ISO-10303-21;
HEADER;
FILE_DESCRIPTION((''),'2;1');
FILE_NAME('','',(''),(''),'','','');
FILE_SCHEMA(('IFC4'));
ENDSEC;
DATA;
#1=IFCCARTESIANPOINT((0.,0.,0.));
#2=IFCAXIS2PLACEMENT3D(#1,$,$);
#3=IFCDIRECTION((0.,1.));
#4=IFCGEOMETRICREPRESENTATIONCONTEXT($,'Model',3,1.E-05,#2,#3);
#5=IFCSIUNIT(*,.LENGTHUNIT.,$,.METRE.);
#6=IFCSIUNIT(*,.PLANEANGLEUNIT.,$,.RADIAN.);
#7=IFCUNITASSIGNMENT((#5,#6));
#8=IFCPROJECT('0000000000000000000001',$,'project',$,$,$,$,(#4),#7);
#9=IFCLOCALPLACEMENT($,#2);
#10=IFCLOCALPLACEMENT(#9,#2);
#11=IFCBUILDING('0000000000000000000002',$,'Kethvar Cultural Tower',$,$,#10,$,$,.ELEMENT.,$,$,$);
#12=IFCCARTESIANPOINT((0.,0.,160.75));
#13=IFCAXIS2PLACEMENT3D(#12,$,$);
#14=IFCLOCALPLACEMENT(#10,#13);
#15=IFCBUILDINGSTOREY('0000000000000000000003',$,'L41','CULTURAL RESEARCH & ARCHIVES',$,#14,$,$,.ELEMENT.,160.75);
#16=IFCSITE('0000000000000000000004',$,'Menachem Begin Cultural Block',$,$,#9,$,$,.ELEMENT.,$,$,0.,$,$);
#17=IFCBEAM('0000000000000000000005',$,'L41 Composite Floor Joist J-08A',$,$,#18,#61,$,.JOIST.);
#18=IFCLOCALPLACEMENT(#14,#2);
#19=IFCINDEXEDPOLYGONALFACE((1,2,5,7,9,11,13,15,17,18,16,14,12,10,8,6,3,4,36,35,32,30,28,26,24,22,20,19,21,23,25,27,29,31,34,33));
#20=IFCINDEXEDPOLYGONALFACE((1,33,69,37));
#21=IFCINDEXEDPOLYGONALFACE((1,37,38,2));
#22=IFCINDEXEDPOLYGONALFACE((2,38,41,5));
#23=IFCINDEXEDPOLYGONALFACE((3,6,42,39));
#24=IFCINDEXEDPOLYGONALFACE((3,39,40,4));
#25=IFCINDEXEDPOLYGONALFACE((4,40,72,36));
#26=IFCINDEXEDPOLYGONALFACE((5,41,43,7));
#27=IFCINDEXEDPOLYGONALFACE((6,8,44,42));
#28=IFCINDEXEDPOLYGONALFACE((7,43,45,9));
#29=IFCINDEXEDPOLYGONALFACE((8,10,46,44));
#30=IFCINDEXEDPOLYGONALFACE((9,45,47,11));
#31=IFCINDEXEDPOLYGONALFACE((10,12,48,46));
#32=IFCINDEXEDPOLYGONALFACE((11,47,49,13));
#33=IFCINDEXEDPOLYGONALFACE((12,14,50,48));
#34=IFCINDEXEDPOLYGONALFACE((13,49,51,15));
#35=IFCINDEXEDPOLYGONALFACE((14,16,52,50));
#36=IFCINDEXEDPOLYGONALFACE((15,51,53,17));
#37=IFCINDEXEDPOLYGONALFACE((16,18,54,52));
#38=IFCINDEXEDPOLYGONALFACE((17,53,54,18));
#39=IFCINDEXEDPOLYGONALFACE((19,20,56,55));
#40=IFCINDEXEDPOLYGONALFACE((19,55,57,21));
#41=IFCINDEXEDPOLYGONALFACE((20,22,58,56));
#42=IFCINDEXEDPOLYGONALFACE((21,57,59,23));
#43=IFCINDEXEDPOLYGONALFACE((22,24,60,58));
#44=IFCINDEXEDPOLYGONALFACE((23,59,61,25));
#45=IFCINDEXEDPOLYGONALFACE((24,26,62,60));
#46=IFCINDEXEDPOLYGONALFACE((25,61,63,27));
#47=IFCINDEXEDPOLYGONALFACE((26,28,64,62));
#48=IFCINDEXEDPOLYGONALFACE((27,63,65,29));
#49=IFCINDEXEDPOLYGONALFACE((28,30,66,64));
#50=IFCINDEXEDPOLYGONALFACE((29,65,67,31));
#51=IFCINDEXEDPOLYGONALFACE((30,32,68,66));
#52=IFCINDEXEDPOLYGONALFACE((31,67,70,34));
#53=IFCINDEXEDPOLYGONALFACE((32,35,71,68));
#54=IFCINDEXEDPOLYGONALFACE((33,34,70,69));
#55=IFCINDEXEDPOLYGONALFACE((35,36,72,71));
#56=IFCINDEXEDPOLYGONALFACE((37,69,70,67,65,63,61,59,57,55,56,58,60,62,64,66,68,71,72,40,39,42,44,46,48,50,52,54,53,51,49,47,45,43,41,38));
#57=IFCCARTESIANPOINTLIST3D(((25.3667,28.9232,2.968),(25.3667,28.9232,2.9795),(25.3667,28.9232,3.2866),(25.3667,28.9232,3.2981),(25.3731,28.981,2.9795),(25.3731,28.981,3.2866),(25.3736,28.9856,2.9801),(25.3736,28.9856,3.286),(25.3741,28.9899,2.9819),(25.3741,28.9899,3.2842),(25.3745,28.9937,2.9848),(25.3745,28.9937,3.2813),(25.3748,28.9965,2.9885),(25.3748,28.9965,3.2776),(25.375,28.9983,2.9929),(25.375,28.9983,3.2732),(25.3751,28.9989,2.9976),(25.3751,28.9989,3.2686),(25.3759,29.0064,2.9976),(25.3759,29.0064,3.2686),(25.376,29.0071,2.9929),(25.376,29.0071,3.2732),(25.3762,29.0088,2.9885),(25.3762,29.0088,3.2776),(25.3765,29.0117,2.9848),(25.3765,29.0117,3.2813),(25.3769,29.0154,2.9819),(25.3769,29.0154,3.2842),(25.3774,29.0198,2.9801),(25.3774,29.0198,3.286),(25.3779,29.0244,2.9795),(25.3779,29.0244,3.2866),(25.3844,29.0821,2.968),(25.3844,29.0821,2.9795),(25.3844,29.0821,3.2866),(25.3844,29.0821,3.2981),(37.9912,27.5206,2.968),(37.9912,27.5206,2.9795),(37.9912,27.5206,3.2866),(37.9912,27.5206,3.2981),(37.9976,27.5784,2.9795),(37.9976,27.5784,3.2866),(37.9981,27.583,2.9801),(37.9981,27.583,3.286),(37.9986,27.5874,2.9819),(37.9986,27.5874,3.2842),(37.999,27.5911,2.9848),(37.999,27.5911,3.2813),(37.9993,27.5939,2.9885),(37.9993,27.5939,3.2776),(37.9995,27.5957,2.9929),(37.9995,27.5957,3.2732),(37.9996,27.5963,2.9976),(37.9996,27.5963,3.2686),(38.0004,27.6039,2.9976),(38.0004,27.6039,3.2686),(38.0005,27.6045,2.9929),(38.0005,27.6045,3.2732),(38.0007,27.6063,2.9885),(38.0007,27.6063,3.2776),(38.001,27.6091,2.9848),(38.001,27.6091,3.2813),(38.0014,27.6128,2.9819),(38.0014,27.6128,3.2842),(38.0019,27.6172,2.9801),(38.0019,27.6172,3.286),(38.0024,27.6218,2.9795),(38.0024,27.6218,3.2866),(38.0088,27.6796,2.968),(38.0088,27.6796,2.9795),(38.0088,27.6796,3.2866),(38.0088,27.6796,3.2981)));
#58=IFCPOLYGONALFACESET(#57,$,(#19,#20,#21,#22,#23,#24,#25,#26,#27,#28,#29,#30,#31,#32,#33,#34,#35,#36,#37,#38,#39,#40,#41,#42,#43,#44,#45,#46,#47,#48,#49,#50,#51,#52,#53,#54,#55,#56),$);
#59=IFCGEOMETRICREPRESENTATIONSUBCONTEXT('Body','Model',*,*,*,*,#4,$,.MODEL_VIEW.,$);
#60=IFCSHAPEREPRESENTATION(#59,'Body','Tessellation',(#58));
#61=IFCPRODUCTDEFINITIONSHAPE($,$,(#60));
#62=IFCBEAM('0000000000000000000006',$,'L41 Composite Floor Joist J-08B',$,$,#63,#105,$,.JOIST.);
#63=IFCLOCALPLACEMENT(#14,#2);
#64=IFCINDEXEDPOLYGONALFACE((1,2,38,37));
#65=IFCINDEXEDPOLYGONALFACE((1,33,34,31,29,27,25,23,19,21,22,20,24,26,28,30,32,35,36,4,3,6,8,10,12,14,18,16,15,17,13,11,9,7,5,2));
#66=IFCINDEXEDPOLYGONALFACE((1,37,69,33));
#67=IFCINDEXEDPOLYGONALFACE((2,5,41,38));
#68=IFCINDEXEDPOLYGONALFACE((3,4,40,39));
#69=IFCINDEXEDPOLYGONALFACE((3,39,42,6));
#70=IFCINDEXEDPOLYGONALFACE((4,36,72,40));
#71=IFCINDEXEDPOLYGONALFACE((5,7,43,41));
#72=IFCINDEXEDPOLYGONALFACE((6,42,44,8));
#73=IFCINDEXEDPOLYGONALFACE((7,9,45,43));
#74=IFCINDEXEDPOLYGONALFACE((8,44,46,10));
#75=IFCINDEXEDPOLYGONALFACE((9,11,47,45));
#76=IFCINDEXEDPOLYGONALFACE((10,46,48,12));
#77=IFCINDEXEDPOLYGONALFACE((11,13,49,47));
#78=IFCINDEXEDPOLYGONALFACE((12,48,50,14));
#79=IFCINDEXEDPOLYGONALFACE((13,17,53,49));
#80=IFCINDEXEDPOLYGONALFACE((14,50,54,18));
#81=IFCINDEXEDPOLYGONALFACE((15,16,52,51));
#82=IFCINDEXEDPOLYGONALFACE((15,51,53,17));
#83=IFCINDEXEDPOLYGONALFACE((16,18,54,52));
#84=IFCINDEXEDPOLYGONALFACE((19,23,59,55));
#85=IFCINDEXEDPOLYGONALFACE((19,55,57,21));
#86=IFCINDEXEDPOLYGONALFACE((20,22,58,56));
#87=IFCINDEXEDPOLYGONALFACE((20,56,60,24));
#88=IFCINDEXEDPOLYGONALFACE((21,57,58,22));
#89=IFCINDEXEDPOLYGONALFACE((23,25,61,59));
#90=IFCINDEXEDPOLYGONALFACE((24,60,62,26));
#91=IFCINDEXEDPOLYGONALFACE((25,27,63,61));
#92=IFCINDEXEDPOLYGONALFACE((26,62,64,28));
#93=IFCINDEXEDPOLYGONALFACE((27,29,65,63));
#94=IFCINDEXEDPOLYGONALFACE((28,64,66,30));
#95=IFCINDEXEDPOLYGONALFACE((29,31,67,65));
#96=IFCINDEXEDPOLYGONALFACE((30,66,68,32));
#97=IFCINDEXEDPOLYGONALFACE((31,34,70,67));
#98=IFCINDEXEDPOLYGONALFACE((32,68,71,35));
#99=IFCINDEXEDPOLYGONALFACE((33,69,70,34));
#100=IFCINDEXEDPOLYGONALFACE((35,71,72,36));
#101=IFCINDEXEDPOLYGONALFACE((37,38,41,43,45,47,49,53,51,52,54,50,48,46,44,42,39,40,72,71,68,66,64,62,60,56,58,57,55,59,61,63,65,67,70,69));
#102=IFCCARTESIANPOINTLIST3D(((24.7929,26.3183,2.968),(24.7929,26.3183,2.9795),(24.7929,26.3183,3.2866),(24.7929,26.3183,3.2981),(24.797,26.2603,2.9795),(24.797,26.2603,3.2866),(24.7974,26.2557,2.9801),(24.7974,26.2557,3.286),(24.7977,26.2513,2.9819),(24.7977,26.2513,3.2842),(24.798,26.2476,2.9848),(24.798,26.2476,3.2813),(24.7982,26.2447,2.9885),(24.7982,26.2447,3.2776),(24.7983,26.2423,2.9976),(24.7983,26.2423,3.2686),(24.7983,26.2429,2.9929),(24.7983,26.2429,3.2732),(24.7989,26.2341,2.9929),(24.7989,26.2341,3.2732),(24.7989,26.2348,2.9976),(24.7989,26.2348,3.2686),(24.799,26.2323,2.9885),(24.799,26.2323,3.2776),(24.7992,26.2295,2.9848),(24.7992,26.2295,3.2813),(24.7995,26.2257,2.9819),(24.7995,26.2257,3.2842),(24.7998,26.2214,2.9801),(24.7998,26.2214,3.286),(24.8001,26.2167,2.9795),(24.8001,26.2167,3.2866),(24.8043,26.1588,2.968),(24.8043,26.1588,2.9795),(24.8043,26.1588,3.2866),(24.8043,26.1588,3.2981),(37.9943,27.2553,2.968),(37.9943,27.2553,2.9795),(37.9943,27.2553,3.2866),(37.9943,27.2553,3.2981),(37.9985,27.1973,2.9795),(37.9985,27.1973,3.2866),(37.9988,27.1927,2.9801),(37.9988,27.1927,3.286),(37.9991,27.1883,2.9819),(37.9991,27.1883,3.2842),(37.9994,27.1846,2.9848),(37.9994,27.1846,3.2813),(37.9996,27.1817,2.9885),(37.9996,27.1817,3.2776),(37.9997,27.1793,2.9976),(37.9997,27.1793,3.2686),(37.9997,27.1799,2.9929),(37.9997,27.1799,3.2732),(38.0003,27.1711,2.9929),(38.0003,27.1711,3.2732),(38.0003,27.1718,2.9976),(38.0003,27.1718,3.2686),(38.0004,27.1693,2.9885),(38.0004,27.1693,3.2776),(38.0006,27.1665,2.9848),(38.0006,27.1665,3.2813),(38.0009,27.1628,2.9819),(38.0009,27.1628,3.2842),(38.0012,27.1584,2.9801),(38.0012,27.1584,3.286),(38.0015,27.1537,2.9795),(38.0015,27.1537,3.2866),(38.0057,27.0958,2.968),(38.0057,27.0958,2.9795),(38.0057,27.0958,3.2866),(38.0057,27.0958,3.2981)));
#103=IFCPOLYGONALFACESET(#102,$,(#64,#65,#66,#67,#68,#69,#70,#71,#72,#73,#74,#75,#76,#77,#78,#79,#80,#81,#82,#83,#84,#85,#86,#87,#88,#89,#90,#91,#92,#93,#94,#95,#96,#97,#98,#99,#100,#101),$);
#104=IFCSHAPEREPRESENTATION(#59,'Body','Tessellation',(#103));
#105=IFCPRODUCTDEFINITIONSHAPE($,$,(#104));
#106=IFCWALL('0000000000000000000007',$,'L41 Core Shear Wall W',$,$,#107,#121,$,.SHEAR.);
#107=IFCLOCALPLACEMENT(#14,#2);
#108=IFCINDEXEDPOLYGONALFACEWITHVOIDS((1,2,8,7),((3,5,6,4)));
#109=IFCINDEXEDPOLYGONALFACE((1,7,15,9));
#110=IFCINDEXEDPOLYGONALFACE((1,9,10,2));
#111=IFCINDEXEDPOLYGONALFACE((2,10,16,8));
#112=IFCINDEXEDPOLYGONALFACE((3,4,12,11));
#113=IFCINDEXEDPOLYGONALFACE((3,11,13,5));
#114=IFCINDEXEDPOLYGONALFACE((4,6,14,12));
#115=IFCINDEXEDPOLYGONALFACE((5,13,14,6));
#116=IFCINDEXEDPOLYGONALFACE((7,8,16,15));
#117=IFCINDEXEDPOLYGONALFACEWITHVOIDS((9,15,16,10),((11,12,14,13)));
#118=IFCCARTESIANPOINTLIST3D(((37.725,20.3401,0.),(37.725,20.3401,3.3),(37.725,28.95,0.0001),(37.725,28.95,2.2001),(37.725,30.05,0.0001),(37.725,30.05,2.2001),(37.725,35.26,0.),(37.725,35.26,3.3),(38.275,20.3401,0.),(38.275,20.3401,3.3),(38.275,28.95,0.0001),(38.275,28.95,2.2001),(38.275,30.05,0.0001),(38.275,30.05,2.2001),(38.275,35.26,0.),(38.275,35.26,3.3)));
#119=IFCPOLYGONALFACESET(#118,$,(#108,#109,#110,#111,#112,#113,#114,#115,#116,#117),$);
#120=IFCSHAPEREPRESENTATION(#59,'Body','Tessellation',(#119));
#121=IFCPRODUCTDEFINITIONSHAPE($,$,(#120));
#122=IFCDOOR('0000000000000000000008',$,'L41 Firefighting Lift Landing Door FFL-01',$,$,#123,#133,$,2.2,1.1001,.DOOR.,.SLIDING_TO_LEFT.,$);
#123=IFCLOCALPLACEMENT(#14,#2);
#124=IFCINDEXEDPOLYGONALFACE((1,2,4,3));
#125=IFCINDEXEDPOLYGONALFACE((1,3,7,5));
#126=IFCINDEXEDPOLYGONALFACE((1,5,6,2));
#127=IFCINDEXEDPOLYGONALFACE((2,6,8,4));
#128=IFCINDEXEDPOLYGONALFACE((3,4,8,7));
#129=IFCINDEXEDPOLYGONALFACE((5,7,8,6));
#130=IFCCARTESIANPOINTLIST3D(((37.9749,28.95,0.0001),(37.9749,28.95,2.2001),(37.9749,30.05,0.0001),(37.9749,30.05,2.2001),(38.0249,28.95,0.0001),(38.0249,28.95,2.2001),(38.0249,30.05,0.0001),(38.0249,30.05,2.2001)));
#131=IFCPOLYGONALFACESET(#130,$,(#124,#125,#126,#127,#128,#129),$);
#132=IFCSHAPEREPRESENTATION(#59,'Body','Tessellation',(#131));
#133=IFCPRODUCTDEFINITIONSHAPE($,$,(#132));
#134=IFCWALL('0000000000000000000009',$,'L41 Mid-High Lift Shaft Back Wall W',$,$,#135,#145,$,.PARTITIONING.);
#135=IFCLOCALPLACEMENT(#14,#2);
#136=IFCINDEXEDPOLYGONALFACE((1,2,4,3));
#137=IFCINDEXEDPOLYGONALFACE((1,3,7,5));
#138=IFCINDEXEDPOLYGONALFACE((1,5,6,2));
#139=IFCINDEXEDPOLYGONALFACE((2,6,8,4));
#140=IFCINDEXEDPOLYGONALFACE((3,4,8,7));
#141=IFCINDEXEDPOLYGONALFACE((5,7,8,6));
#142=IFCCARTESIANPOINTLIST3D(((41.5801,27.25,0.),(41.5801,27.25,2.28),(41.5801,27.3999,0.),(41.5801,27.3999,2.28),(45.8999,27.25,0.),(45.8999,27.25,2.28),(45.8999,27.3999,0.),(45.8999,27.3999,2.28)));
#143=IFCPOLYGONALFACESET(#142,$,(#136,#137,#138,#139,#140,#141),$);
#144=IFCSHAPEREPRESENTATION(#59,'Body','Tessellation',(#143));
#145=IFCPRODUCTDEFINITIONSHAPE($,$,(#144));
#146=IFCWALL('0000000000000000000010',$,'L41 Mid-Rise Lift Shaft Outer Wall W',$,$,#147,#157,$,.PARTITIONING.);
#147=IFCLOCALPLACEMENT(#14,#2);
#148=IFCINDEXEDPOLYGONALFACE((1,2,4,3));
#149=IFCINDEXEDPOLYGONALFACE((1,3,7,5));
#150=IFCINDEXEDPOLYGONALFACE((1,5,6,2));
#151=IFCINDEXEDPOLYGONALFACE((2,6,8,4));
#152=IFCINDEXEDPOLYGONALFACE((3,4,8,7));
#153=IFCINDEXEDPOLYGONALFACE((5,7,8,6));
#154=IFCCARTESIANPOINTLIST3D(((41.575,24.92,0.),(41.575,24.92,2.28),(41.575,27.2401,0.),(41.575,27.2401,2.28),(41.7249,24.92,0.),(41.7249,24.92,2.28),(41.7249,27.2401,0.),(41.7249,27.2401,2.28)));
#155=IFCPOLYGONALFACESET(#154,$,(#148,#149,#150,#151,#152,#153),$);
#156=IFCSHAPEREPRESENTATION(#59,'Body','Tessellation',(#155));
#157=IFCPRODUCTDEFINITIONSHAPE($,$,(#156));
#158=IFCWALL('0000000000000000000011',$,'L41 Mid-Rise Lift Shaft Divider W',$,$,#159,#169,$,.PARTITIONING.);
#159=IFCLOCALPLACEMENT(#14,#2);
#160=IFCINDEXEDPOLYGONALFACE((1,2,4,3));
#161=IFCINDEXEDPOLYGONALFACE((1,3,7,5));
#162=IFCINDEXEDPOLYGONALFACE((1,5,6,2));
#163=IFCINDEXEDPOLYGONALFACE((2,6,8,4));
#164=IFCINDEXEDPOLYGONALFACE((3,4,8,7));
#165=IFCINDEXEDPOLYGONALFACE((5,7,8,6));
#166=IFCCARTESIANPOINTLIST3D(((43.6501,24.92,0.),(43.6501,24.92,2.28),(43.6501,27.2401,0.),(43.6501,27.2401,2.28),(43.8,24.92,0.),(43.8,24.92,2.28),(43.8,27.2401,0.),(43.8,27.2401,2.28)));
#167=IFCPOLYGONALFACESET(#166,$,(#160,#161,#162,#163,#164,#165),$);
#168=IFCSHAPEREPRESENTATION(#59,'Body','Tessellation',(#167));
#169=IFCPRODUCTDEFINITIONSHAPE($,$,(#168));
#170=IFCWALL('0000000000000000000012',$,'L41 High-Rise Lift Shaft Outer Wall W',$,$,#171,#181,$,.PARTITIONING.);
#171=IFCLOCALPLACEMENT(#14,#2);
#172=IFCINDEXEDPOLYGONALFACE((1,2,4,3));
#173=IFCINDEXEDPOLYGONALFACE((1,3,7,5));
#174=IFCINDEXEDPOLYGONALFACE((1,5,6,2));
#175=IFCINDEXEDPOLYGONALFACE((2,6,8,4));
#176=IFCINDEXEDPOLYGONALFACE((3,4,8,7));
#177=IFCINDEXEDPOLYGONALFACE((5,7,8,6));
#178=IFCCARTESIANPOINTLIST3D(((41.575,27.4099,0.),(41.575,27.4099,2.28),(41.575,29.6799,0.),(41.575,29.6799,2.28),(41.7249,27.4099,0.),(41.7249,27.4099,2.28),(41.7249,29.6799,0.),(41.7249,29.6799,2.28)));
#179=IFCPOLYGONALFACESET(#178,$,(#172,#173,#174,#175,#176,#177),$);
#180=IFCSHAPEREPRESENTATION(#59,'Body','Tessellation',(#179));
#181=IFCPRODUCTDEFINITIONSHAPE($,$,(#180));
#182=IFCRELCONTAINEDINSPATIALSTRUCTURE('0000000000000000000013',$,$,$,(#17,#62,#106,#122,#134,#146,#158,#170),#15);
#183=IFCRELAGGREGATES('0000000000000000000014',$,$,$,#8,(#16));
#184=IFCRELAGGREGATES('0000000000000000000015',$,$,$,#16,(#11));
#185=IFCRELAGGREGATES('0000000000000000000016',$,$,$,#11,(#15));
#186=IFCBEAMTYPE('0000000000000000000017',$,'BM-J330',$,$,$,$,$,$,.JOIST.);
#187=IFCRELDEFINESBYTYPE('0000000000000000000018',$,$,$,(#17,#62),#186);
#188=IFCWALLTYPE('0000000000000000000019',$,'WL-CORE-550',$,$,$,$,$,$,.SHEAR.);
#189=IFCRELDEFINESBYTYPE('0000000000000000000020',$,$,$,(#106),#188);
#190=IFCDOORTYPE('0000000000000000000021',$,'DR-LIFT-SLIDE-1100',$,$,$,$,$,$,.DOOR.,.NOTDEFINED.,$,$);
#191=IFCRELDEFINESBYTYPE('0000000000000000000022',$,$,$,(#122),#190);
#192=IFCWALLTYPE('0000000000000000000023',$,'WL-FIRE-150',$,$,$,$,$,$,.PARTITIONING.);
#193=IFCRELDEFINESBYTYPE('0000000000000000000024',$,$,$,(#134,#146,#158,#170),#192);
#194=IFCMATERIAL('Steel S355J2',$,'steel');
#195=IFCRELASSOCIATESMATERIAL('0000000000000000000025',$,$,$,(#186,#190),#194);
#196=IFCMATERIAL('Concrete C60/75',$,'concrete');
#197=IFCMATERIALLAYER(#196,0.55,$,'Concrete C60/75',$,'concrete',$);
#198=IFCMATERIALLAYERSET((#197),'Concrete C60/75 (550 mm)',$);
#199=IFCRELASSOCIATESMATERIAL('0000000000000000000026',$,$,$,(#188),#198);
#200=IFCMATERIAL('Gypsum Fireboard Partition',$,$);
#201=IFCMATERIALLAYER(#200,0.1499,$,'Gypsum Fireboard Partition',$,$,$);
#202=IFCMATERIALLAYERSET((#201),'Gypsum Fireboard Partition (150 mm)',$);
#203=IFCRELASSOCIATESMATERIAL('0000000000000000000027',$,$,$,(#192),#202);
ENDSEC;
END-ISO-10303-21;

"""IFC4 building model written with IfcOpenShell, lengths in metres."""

from ifc_helpers import new_model, si_unit, direction, frame, frame_2d, origin, origin_2d, place, context, subcontext, project, spatial, rectangle, i_section, extrude, source, transform, mapped, material, layer, layer_set, material_profile, profile_set, type_object, element, fill, save


model = new_model("IFC4")

# Units and contexts
model_context = context("Model", 3, precision=1e-05, world=origin(), true_north=direction((0.0, 1.0)))
body_context = subcontext(model_context, "Body", "Model", "MODEL_VIEW")
ifc_project = project(units=[si_unit("LENGTHUNIT", "METRE"), si_unit("PLANEANGLEUNIT", "RADIAN")], contexts=[model_context])

# Site, building, storey
site_placement = place(None, origin())
site = spatial("IfcSite", under=ifc_project, at=site_placement, Name="Menachem Begin Cultural Block", CompositionType="ELEMENT", RefElevation=0.0)
building_placement = place(site_placement, origin())
building = spatial("IfcBuilding", under=site, at=building_placement, Name="Kethvar Cultural Tower", CompositionType="ELEMENT")
storey_placement = place(building_placement, frame((0.0, 0.0, 160.75)))
storey = spatial("IfcBuildingStorey", under=building, at=storey_placement, Name="L41", Description="CULTURAL RESEARCH & ARCHIVES", CompositionType="ELEMENT", Elevation=160.75)

# Beams
ifc_material_1 = material(Name="Steel S355J2", Category="steel")
ifc_material_profile_1 = material_profile(ifc_material_1, i_section(OverallWidth=0.1599, OverallDepth=0.3301, WebThickness=0.0076, FlangeThickness=0.0115, FilletRadius=0.0181, at=origin_2d()), Name="Steel S355J2 — IPE330")
ifc_profile_set_1 = profile_set([ifc_material_profile_1], Name="Steel S355J2 — IPE330")
beam_type_1 = type_object("IfcBeamType", Name="BM-J330", PredefinedType="JOIST", material=ifc_profile_set_1)
shared_shape_1 = source(origin(), body_context, "Body", "SweptSolid", [
    extrude(i_section(OverallWidth=0.1599, OverallDepth=0.3301, WebThickness=0.0076, FlangeThickness=0.0115, FilletRadius=0.0181, at=origin_2d()), origin(), (0.0, 0.0, 1.0), 12.7021),
])
beam_1_placement = place(storey_placement, frame((38.0, 27.6001, 3.1331), z_axis=(-0.993885, 0.110421, 0.0), x_axis=(-0.110421, -0.993885, 0.0)))
element("IfcBeam", 1, at=beam_1_placement, inside=storey, type_object=beam_type_1, Name="L41 Composite Floor Joist J-08A", PredefinedType="JOIST", context=body_context, shape_type="MappedRepresentation", body=[
    mapped(shared_shape_1, transform((0.0, 0.0, 0.0), scale=1.0)),
])
shared_shape_2 = source(origin(), body_context, "Body", "SweptSolid", [
    extrude(i_section(OverallWidth=0.1599, OverallDepth=0.3301, WebThickness=0.0076, FlangeThickness=0.0115, FilletRadius=0.0181, at=origin_2d()), origin(), (0.0, 0.0, 1.0), 13.2346),
])
beam_2_placement = place(storey_placement, frame((38.0, 27.1755, 3.1331), z_axis=(-0.997491, -0.0708, 0.0), x_axis=(0.0708, -0.997491, 0.0)))
element("IfcBeam", 2, at=beam_2_placement, inside=storey, type_object=beam_type_1, Name="L41 Composite Floor Joist J-08B", PredefinedType="JOIST", context=body_context, shape_type="MappedRepresentation", body=[
    mapped(shared_shape_2, transform((0.0, 0.0, 0.0), scale=1.0)),
])

# Wall, opening, door
ifc_material_2 = material(Name="Concrete C60/75", Category="concrete")
ifc_layer_1 = layer(ifc_material_2, 0.55, Name="Concrete C60/75", Category="concrete")
ifc_layer_set_1 = layer_set([ifc_layer_1], Name="Concrete C60/75 (550 mm)")
wall_type_1 = type_object("IfcWallType", Name="WL-CORE-550", PredefinedType="SHEAR", material=ifc_layer_set_1)
wall_1_placement = place(storey_placement, frame((38.0, 35.26, 0.0), z_axis=(0.0, 0.0, 1.0), x_axis=(0.0, -1.0, 0.0)))
wall_1 = element("IfcWall", 3, at=wall_1_placement, inside=storey, type_object=wall_type_1, Name="L41 Core Shear Wall W", PredefinedType="SHEAR", context=body_context, shape_type="SweptSolid", body=[
    extrude(rectangle(XDim=14.9199, YDim=0.55, at=frame_2d((7.46, 0.0))), origin(), (0.0, 0.0, 1.0), 3.3),
])
opening_1_placement = place(wall_1_placement, frame((5.21, 0.0, 0.0)))
opening_1 = element("IfcOpeningElement", 4, at=opening_1_placement, cuts=wall_1, PredefinedType="OPENING", context=body_context, shape_type="SweptSolid", body=[
    extrude(rectangle(XDim=1.1001, YDim=2.2, at=frame_2d((0.55, 1.1001))), frame((0.0, 0.2849, 0.0), z_axis=(0.0, -1.0, 0.0), x_axis=(1.0, 0.0, 0.0)), (0.0, 0.0, 1.0), 0.5701),
])
door_type = type_object("IfcDoorType", Name="DR-LIFT-SLIDE-1100", OperationType="NOTDEFINED", PredefinedType="DOOR", material=ifc_material_1)
shared_shape_3 = source(origin(), body_context, "Body", "SweptSolid", [
    extrude(rectangle(XDim=1.1001, YDim=2.2, at=frame_2d((0.55, 1.1001))), frame((0.0, 0.0249, 0.0), z_axis=(0.0, -1.0, 0.0), x_axis=(1.0, 0.0, 0.0)), (0.0, 0.0, 1.0), 0.05),
])
door_1_placement = place(opening_1_placement, origin())
door_1 = element("IfcDoor", 5, at=door_1_placement, inside=storey, type_object=door_type, Name="L41 Firefighting Lift Landing Door FFL-01", OperationType="SLIDING_TO_LEFT", OverallHeight=2.2, OverallWidth=1.1001, PredefinedType="DOOR", context=body_context, shape_type="MappedRepresentation", body=[
    mapped(shared_shape_3, transform((0.0, 0.0, 0.0), scale=1.0)),
])
fill(opening_1, door_1)

# Walls
ifc_material_3 = material(Name="Gypsum Fireboard Partition")
ifc_layer_2 = layer(ifc_material_3, 0.1499, Name="Gypsum Fireboard Partition")
ifc_layer_set_2 = layer_set([ifc_layer_2], Name="Gypsum Fireboard Partition (150 mm)")
wall_type_2 = type_object("IfcWallType", Name="WL-FIRE-150", PredefinedType="PARTITIONING", material=ifc_layer_set_2)
wall_2_placement = place(storey_placement, frame((41.5801, 27.325, 0.0), z_axis=(0.0, 0.0, 1.0), x_axis=(1.0, 0.0, 0.0)))
element("IfcWall", 6, at=wall_2_placement, inside=storey, type_object=wall_type_2, Name="L41 Mid-High Lift Shaft Back Wall W", PredefinedType="PARTITIONING", context=body_context, shape_type="SweptSolid", body=[
    extrude(rectangle(XDim=4.3198, YDim=0.1499, at=frame_2d((2.1599, 0.0))), origin(), (0.0, 0.0, 1.0), 2.28),
])
for number, where, z_axis, x_axis, name in (
    (7, (41.6499, 24.9199, 0.0), (0.0, 0.0, 1.0), (0.0, 1.0, 0.0), "L41 Mid-Rise Lift Shaft Outer Wall W"),
    (8, (43.7251, 24.9199, 0.0), (0.0, 0.0, 1.0), (0.0, 1.0, 0.0), "L41 Mid-Rise Lift Shaft Divider W"),
):
    element("IfcWall", number, at=place(storey_placement, frame(where, z_axis=z_axis, x_axis=x_axis)), inside=storey, type_object=wall_type_2, Name=name, PredefinedType="PARTITIONING", context=body_context, shape_type="SweptSolid", body=[
        extrude(rectangle(XDim=2.3201, YDim=0.1499, at=frame_2d((1.1602, 0.0))), origin(), (0.0, 0.0, 1.0), 2.28),
    ])
for number, where, z_axis, x_axis, name in (
    (9, (41.6499, 27.4099, 0.0), (0.0, 0.0, 1.0), (0.0, 1.0, 0.0), "L41 High-Rise Lift Shaft Outer Wall W"),
):
    element("IfcWall", number, at=place(storey_placement, frame(where, z_axis=z_axis, x_axis=x_axis)), inside=storey, type_object=wall_type_2, Name=name, PredefinedType="PARTITIONING", context=body_context, shape_type="SweptSolid", body=[
        extrude(rectangle(XDim=2.27, YDim=0.1499, at=frame_2d((1.135, 0.0))), origin(), (0.0, 0.0, 1.0), 2.28),
    ])

save(model, "model.ifc")
